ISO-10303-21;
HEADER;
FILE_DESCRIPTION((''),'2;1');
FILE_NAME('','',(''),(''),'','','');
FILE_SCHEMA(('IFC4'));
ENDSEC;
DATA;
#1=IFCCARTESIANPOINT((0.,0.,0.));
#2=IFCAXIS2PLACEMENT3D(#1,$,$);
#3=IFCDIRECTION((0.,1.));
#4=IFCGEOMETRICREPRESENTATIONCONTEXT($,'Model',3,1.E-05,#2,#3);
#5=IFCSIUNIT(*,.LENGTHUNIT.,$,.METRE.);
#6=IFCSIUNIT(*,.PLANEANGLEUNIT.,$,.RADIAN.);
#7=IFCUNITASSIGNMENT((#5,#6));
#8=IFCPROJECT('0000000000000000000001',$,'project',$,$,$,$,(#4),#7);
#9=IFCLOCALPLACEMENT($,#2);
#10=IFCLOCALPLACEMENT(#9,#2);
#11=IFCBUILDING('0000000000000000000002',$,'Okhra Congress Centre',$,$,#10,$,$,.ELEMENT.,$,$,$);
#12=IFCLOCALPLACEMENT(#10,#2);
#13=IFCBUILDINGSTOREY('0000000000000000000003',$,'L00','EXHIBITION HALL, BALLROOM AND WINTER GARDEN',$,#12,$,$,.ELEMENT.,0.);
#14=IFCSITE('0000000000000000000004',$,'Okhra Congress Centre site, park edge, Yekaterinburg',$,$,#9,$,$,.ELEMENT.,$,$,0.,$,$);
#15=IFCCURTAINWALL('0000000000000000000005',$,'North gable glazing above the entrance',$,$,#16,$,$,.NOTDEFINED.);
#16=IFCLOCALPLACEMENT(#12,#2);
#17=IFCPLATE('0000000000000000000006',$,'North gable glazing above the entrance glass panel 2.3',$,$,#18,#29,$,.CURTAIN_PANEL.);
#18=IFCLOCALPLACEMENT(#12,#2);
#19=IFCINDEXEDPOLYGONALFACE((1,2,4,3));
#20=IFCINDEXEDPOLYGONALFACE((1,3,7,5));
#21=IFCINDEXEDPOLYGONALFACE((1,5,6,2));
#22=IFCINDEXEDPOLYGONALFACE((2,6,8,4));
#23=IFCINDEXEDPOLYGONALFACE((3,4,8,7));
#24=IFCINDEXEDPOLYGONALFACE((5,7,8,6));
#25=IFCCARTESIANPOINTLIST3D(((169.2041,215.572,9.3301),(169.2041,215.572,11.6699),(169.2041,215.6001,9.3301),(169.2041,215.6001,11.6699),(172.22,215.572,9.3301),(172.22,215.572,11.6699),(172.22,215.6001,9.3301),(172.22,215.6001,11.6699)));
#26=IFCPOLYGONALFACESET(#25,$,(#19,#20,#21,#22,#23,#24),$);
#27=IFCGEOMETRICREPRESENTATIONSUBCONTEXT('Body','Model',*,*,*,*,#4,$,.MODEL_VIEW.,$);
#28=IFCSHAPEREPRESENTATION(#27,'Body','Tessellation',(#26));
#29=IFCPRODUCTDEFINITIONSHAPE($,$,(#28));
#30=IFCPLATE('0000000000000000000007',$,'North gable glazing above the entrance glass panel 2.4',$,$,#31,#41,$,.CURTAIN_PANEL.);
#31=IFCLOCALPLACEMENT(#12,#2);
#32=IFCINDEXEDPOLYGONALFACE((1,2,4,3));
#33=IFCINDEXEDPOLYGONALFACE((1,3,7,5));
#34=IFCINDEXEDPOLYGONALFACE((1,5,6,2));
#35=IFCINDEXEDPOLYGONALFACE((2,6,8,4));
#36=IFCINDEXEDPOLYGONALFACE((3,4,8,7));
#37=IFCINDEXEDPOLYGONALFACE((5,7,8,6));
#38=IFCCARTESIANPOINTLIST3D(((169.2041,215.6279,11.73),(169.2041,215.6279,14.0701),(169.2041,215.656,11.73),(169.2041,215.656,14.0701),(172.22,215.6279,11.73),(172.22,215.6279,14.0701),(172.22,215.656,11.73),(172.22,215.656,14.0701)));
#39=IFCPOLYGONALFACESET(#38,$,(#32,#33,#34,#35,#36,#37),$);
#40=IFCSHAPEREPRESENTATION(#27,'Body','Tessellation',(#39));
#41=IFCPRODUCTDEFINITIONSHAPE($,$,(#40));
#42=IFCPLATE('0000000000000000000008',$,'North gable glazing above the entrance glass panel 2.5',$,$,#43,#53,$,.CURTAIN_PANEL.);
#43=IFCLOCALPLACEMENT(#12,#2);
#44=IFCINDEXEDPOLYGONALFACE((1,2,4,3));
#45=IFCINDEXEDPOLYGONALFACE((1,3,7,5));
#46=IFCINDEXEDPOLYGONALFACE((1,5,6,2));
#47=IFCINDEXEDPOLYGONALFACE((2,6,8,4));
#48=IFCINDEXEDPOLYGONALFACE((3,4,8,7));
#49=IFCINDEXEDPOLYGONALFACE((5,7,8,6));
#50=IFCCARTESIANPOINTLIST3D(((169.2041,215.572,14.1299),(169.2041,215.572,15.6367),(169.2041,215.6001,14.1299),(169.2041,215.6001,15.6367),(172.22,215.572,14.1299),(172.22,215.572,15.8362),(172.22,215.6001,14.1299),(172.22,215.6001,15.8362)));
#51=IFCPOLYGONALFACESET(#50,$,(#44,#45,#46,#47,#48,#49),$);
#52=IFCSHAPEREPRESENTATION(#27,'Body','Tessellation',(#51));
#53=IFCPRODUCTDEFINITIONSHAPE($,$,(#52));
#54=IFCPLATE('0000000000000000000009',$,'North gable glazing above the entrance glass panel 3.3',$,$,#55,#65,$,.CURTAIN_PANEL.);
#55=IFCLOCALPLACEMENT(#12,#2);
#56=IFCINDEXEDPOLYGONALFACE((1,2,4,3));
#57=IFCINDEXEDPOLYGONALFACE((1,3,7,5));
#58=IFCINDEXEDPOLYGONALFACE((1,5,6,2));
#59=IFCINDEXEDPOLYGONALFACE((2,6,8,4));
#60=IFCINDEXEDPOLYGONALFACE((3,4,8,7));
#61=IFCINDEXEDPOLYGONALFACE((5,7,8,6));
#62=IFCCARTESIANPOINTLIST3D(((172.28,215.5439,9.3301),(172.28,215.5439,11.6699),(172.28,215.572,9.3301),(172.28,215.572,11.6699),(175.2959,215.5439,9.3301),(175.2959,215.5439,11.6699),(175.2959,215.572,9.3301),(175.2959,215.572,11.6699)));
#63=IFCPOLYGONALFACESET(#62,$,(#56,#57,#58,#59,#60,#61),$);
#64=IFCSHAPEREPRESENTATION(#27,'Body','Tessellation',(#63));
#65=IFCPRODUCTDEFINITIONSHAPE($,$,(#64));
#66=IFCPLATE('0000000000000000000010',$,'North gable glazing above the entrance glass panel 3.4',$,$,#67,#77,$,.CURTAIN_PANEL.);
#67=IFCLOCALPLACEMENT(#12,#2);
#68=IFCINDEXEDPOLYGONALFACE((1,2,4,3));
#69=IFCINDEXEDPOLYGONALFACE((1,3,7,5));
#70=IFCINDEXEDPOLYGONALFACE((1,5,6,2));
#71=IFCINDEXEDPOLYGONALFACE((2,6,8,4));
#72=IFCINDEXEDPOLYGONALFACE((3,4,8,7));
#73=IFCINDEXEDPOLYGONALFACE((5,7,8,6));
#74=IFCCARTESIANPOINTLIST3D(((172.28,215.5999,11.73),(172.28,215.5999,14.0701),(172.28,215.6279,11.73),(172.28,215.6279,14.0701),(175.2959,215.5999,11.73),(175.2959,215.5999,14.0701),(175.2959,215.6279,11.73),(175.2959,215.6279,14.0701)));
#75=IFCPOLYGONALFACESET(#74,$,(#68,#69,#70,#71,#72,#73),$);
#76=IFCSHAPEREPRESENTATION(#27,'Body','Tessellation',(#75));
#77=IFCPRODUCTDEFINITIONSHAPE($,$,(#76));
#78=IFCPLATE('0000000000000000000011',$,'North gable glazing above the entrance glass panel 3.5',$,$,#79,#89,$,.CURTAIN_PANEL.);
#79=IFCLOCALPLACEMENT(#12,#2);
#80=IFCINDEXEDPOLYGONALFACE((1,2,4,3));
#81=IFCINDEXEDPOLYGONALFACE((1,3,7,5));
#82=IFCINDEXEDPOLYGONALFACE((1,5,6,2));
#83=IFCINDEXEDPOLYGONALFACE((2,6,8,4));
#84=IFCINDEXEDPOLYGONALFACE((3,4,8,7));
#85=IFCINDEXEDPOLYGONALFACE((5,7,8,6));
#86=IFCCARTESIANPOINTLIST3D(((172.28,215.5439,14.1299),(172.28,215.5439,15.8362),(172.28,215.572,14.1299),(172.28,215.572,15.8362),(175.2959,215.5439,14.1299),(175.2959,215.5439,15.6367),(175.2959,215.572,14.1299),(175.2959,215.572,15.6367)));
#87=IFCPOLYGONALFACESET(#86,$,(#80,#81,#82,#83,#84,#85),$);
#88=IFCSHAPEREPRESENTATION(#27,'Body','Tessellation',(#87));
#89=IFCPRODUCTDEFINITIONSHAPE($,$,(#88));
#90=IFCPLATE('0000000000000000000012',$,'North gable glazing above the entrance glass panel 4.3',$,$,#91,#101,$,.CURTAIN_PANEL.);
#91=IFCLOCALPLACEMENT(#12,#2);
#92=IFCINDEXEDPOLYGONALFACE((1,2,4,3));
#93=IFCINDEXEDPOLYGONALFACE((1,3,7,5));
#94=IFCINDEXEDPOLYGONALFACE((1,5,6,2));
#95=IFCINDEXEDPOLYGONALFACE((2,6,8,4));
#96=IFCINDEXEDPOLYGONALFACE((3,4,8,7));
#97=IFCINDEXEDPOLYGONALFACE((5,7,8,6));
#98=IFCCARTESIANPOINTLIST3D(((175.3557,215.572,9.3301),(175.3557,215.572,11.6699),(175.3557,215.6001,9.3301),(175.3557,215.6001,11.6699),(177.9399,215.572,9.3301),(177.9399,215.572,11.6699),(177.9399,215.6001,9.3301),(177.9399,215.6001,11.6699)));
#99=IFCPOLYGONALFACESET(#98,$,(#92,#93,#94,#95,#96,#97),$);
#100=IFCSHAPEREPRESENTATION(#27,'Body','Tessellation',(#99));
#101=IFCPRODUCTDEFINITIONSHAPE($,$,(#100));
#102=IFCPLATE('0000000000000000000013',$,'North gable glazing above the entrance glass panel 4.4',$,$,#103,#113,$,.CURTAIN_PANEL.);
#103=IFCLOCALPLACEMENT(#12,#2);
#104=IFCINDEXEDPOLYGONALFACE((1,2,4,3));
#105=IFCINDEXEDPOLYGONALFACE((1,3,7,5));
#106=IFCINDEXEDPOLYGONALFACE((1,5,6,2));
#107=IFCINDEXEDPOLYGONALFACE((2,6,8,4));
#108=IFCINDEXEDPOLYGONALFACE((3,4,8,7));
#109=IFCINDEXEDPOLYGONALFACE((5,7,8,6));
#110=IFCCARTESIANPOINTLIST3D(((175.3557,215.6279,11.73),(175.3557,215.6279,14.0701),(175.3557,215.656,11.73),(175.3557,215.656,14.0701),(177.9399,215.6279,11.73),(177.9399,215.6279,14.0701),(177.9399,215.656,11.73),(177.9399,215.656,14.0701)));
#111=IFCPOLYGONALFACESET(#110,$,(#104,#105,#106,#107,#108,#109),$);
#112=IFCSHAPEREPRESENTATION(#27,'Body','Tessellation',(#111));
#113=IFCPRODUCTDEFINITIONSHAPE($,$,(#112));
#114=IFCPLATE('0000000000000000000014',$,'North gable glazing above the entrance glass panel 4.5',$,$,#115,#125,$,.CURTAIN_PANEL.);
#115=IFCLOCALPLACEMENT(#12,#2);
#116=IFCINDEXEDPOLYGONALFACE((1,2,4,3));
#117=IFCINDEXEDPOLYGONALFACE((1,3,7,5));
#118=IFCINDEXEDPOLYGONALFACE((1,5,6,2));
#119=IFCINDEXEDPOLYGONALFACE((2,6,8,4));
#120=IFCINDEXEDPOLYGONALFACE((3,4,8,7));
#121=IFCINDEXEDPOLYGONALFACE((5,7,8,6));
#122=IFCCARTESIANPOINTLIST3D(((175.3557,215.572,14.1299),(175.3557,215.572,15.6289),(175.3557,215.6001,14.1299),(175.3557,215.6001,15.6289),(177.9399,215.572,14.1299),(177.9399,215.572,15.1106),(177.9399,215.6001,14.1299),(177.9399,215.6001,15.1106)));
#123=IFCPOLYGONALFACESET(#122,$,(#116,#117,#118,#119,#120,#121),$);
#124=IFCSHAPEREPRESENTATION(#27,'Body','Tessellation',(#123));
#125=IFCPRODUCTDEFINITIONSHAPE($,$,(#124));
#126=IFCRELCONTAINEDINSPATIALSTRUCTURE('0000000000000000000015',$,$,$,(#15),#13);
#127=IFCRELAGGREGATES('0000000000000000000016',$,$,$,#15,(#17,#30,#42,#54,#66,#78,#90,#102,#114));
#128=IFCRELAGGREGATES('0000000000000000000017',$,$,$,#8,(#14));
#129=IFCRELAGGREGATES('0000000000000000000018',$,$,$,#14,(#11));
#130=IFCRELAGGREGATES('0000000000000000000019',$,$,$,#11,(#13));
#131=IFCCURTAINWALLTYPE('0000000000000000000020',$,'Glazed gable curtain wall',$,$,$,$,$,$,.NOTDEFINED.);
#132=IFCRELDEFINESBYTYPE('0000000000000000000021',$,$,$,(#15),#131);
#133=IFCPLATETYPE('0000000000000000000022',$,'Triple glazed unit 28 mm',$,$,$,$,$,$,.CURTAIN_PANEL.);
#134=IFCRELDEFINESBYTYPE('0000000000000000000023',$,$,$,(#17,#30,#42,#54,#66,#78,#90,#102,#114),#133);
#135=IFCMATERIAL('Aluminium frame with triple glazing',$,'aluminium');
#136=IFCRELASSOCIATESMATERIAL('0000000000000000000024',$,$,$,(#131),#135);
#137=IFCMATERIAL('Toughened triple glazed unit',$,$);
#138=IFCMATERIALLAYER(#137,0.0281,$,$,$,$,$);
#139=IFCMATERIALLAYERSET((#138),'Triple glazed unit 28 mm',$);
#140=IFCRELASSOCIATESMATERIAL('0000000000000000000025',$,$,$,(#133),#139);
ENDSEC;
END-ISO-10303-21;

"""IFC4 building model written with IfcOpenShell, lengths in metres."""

from ifc_helpers import new_model, si_unit, direction, frame, origin, place, context, subcontext, project, spatial, polyline, outline, extrude, material, layer, layer_set, type_object, element, aggregate, save


model = new_model("IFC4")

# Units and contexts
model_context = context("Model", 3, precision=1e-05, world=origin(), true_north=direction((0.0, 1.0)))
body_context = subcontext(model_context, "Body", "Model", "MODEL_VIEW")
ifc_project = project(units=[si_unit("LENGTHUNIT", "METRE"), si_unit("PLANEANGLEUNIT", "RADIAN")], contexts=[model_context])

# Site, building, storey
site_placement = place(None, origin())
site = spatial("IfcSite", under=ifc_project, at=site_placement, Name="Okhra Congress Centre site, park edge, Yekaterinburg", CompositionType="ELEMENT", RefElevation=0.0)
building_placement = place(site_placement, origin())
building = spatial("IfcBuilding", under=site, at=building_placement, Name="Okhra Congress Centre", CompositionType="ELEMENT")
storey_placement = place(building_placement, origin())
storey = spatial("IfcBuildingStorey", under=building, at=storey_placement, Name="L00", Description="EXHIBITION HALL, BALLROOM AND WINTER GARDEN", CompositionType="ELEMENT", Elevation=0.0)

# Curtain wall
ifc_material_1 = material(Name="Aluminium frame with triple glazing", Category="aluminium")
curtain_wall_type = type_object("IfcCurtainWallType", Name="Glazed gable curtain wall", PredefinedType="NOTDEFINED", material=ifc_material_1)
curtain_wall_1_placement = place(storey_placement, origin())
curtain_wall_1 = element("IfcCurtainWall", 1, at=curtain_wall_1_placement, inside=storey, type_object=curtain_wall_type, Name="North gable glazing above the entrance", PredefinedType="NOTDEFINED")

# Plates
ifc_material_2 = material(Name="Toughened triple glazed unit")
ifc_layer = layer(ifc_material_2, 0.0281)
ifc_layer_set = layer_set([ifc_layer], Name="Triple glazed unit 28 mm")
plate_type = type_object("IfcPlateType", Name="Triple glazed unit 28 mm", PredefinedType="CURTAIN_PANEL", material=ifc_layer_set)
plate_1_placement = place(storey_placement, frame((172.22, 215.6001, 9.3301), z_axis=(0.0, 1.0, 0.0), x_axis=(-1.0, 0.0, 0.0)))
plate_1 = element("IfcPlate", 2, at=plate_1_placement, type_object=plate_type, Name="North gable glazing above the entrance glass panel 2.3", PredefinedType="CURTAIN_PANEL", context=body_context, shape_type="SweptSolid", body=[
    extrude(outline(polyline([(0.0, 0.0), (3.0159, 0.0), (3.0159, 2.3398), (0.0, 2.3398), (0.0, 0.0)])), origin(), (0.0, 0.0, -1.0), 0.0281),
])
plate_2_placement = place(storey_placement, frame((172.22, 215.656, 11.73), z_axis=(0.0, 1.0, 0.0), x_axis=(-1.0, 0.0, 0.0)))
plate_2 = element("IfcPlate", 3, at=plate_2_placement, type_object=plate_type, Name="North gable glazing above the entrance glass panel 2.4", PredefinedType="CURTAIN_PANEL", context=body_context, shape_type="SweptSolid", body=[
    extrude(outline(polyline([(0.0, 0.0), (3.0159, 0.0), (3.0159, 2.3401), (0.0, 2.3401), (0.0, 0.0)])), origin(), (0.0, 0.0, -1.0), 0.0281),
])
plate_3_placement = place(storey_placement, frame((172.22, 215.6001, 14.1299), z_axis=(0.0, 1.0, 0.0), x_axis=(-1.0, 0.0, 0.0)))
plate_3 = element("IfcPlate", 4, at=plate_3_placement, type_object=plate_type, Name="North gable glazing above the entrance glass panel 2.5", PredefinedType="CURTAIN_PANEL", context=body_context, shape_type="SweptSolid", body=[
    extrude(outline(polyline([(0.0, 0.0), (3.0159, 0.0), (3.0159, 1.5068), (0.0, 1.7063), (0.0, 0.0)])), origin(), (0.0, 0.0, -1.0), 0.0281),
])
plate_4_placement = place(storey_placement, frame((175.2959, 215.572, 9.3301), z_axis=(0.0, 1.0, 0.0), x_axis=(-1.0, 0.0, 0.0)))
plate_4 = element("IfcPlate", 5, at=plate_4_placement, type_object=plate_type, Name="North gable glazing above the entrance glass panel 3.3", PredefinedType="CURTAIN_PANEL", context=body_context, shape_type="SweptSolid", body=[
    extrude(outline(polyline([(0.0, 0.0), (3.0159, 0.0), (3.0159, 2.3398), (0.0, 2.3398), (0.0, 0.0)])), origin(), (0.0, 0.0, -1.0), 0.0281),
])
plate_5_placement = place(storey_placement, frame((175.2959, 215.6279, 11.73), z_axis=(0.0, 1.0, 0.0), x_axis=(-1.0, 0.0, 0.0)))
plate_5 = element("IfcPlate", 6, at=plate_5_placement, type_object=plate_type, Name="North gable glazing above the entrance glass panel 3.4", PredefinedType="CURTAIN_PANEL", context=body_context, shape_type="SweptSolid", body=[
    extrude(outline(polyline([(0.0, 0.0), (3.0159, 0.0), (3.0159, 2.3401), (0.0, 2.3401), (0.0, 0.0)])), origin(), (0.0, 0.0, -1.0), 0.0281),
])
plate_6_placement = place(storey_placement, frame((175.2959, 215.572, 14.1299), z_axis=(0.0, 1.0, 0.0), x_axis=(-1.0, 0.0, 0.0)))
plate_6 = element("IfcPlate", 7, at=plate_6_placement, type_object=plate_type, Name="North gable glazing above the entrance glass panel 3.5", PredefinedType="CURTAIN_PANEL", context=body_context, shape_type="SweptSolid", body=[
    extrude(outline(polyline([(0.0, 0.0), (3.0159, 0.0), (3.0159, 1.7063), (0.0, 1.5068), (0.0, 0.0)])), origin(), (0.0, 0.0, -1.0), 0.0281),
])
plate_7_placement = place(storey_placement, frame((177.9399, 215.6001, 9.3301), z_axis=(0.0, 1.0, 0.0), x_axis=(-1.0, 0.0, 0.0)))
plate_7 = element("IfcPlate", 8, at=plate_7_placement, type_object=plate_type, Name="North gable glazing above the entrance glass panel 4.3", PredefinedType="CURTAIN_PANEL", context=body_context, shape_type="SweptSolid", body=[
    extrude(outline(polyline([(0.0, 0.0), (2.5842, 0.0), (2.5842, 2.3398), (0.0, 2.3398), (0.0, 0.0)])), origin(), (0.0, 0.0, -1.0), 0.0281),
])
plate_8_placement = place(storey_placement, frame((177.9399, 215.656, 11.73), z_axis=(0.0, 1.0, 0.0), x_axis=(-1.0, 0.0, 0.0)))
plate_8 = element("IfcPlate", 9, at=plate_8_placement, type_object=plate_type, Name="North gable glazing above the entrance glass panel 4.4", PredefinedType="CURTAIN_PANEL", context=body_context, shape_type="SweptSolid", body=[
    extrude(outline(polyline([(0.0, 0.0), (2.5842, 0.0), (2.5842, 2.3401), (0.0, 2.3401), (0.0, 0.0)])), origin(), (0.0, 0.0, -1.0), 0.0281),
])
plate_9_placement = place(storey_placement, frame((177.9399, 215.6001, 14.1299), z_axis=(0.0, 1.0, 0.0), x_axis=(-1.0, 0.0, 0.0)))
plate_9 = element("IfcPlate", 10, at=plate_9_placement, type_object=plate_type, Name="North gable glazing above the entrance glass panel 4.5", PredefinedType="CURTAIN_PANEL", context=body_context, shape_type="SweptSolid", body=[
    extrude(outline(polyline([(0.0, 0.0), (2.5842, 0.0), (2.5842, 1.499), (0.0, 0.9807), (0.0, 0.0)])), origin(), (0.0, 0.0, -1.0), 0.0281),
])
aggregate(curtain_wall_1, [plate_1, plate_2, plate_3, plate_4, plate_5, plate_6, plate_7, plate_8, plate_9])

save(model, "model.ifc")
